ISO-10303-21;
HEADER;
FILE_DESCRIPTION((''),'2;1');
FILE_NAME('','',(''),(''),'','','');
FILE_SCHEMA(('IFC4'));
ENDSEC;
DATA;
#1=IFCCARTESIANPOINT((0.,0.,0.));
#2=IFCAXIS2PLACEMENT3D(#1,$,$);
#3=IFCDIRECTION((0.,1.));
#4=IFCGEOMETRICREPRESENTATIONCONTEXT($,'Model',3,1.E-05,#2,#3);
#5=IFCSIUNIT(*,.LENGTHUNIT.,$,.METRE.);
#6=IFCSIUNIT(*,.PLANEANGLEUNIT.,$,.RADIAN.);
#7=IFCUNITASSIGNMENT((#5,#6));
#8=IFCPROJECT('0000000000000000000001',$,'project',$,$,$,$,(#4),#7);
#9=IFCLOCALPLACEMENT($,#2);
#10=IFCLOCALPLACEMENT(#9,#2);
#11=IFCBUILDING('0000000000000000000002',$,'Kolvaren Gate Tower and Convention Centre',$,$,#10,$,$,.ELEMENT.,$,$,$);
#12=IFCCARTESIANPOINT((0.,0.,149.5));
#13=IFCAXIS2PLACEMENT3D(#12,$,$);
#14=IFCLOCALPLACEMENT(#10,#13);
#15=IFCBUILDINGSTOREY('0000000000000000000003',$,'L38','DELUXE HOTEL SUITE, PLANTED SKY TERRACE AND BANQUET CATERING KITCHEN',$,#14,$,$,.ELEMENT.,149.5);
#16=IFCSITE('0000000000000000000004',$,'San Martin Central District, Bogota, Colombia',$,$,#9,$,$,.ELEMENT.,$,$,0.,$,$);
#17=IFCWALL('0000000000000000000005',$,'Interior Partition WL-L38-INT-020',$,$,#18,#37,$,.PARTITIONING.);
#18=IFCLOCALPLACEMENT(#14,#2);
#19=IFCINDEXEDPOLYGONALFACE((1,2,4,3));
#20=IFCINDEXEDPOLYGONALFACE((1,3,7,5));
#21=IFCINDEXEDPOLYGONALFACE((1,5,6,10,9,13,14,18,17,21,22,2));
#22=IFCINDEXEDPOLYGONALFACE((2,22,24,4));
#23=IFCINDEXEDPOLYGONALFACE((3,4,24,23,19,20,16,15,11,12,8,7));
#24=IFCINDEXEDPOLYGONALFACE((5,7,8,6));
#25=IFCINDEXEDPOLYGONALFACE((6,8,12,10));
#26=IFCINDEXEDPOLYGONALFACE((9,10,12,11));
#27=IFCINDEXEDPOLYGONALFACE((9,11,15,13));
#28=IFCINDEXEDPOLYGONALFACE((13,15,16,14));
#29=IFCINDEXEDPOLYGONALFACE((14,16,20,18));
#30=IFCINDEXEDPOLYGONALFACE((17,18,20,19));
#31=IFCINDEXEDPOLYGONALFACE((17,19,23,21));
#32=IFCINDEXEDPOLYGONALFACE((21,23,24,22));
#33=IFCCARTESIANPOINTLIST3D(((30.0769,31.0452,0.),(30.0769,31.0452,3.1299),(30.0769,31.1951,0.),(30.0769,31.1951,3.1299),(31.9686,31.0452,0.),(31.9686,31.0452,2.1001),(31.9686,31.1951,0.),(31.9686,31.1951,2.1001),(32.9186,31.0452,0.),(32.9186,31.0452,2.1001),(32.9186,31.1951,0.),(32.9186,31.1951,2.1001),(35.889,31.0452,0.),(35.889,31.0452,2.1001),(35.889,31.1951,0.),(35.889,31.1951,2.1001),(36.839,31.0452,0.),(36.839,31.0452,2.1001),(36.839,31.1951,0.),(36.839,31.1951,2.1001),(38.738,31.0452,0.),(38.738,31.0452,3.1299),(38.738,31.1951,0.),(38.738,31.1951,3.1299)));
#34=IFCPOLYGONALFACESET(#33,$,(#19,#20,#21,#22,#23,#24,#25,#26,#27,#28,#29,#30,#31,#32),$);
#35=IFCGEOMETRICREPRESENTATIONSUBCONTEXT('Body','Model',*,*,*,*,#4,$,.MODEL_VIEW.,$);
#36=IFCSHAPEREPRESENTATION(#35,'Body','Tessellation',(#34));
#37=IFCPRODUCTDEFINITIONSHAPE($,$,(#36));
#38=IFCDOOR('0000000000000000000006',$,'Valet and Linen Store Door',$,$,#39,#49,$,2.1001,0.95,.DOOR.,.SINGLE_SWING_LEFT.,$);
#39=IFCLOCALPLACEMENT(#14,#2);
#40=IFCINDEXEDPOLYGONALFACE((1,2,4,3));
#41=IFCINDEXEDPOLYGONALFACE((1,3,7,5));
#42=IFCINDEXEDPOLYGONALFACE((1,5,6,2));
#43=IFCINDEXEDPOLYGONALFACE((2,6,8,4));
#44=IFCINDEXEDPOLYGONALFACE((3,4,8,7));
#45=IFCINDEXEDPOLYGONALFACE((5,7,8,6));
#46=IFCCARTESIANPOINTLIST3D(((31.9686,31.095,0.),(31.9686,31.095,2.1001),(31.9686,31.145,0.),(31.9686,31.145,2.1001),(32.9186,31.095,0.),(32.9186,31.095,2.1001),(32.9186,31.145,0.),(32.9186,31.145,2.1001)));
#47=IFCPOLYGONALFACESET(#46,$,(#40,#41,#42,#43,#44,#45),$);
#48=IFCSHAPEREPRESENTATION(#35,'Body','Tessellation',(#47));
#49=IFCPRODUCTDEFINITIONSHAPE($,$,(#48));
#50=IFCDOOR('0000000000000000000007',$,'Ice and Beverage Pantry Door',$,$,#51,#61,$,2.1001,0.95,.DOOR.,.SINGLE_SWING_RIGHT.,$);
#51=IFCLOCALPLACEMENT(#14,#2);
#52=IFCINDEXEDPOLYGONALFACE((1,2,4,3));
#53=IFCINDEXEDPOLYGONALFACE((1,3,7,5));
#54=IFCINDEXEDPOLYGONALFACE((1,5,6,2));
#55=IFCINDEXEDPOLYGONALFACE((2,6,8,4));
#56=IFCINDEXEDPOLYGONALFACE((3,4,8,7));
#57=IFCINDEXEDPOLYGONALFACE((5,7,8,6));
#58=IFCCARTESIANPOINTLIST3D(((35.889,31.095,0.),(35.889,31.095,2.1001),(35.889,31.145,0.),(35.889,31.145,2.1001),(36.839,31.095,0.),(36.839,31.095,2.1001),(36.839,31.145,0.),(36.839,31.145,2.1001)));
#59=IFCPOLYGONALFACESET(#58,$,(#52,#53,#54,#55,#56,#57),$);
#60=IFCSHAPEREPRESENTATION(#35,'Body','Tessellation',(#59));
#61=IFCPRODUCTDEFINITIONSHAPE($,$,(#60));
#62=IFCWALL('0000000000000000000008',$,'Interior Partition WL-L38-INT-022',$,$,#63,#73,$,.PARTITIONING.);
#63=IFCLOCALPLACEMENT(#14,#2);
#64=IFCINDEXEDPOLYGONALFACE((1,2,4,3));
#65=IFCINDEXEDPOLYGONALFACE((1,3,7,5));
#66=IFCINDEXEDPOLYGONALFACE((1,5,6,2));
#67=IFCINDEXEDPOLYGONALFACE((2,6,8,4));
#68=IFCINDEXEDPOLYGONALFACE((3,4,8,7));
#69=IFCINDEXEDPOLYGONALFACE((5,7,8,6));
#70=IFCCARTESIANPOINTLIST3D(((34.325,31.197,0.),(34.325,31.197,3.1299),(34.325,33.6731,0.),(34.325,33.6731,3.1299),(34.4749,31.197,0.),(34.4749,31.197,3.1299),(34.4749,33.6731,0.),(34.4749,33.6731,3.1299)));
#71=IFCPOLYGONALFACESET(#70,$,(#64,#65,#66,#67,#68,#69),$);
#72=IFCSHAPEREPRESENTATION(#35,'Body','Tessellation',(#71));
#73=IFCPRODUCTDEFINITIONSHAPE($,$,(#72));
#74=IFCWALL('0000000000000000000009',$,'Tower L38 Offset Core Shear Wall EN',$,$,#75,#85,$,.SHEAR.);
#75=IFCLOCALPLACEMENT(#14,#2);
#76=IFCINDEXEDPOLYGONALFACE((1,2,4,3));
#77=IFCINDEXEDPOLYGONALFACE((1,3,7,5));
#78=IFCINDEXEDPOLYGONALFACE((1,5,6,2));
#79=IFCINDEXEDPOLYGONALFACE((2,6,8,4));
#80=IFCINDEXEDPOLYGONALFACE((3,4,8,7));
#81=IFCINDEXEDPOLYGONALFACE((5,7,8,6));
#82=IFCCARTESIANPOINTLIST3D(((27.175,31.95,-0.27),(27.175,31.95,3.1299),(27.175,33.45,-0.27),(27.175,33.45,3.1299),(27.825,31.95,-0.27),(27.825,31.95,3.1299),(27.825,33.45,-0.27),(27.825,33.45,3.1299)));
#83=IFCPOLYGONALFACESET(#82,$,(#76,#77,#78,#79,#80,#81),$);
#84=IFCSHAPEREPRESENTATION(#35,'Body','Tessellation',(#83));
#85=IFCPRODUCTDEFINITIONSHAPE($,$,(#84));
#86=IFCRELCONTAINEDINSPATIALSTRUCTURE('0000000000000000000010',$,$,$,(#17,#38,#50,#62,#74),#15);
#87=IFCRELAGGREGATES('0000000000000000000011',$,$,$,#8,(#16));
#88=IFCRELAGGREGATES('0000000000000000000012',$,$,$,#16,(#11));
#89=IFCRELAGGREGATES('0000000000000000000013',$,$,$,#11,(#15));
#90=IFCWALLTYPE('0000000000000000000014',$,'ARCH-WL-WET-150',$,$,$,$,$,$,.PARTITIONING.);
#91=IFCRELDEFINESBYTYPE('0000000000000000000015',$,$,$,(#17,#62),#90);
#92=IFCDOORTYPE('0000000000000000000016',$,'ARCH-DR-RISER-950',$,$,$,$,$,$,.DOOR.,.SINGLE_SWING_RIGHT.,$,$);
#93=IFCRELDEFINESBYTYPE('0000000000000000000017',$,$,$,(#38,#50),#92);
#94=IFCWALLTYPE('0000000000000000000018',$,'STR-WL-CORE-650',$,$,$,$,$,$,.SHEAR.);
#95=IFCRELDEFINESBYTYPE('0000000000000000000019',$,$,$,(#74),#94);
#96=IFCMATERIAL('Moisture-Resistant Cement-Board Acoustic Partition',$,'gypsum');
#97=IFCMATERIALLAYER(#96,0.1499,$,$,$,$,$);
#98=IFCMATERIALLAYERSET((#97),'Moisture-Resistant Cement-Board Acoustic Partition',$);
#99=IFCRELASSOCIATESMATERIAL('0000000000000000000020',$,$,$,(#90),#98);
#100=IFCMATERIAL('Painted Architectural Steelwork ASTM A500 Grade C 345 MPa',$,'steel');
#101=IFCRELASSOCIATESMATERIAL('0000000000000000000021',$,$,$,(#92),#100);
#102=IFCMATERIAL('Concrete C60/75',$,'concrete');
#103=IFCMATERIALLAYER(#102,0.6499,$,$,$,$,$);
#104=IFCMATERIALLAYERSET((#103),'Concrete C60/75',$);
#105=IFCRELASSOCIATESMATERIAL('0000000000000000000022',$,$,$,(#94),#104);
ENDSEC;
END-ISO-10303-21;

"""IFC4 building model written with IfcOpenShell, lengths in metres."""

from ifc_helpers import new_model, si_unit, direction, frame, frame_2d, origin, place, context, subcontext, project, spatial, rectangle, extrude, material, layer, layer_set, type_object, element, fill, save


model = new_model("IFC4")

# Units and contexts
model_context = context("Model", 3, precision=1e-05, world=origin(), true_north=direction((0.0, 1.0)))
body_context = subcontext(model_context, "Body", "Model", "MODEL_VIEW")
ifc_project = project(units=[si_unit("LENGTHUNIT", "METRE"), si_unit("PLANEANGLEUNIT", "RADIAN")], contexts=[model_context])

# Site, building, storey
site_placement = place(None, origin())
site = spatial("IfcSite", under=ifc_project, at=site_placement, Name="San Martin Central District, Bogota, Colombia", CompositionType="ELEMENT", RefElevation=0.0)
building_placement = place(site_placement, origin())
building = spatial("IfcBuilding", under=site, at=building_placement, Name="Kolvaren Gate Tower and Convention Centre", CompositionType="ELEMENT")
storey_placement = place(building_placement, frame((0.0, 0.0, 149.5)))
storey = spatial("IfcBuildingStorey", under=building, at=storey_placement, Name="L38", Description="DELUXE HOTEL SUITE, PLANTED SKY TERRACE AND BANQUET CATERING KITCHEN", CompositionType="ELEMENT", Elevation=149.5)

# Shared definitions
ifc_material_1 = material(Name="Moisture-Resistant Cement-Board Acoustic Partition", Category="gypsum")
ifc_layer_1 = layer(ifc_material_1, 0.1499)
ifc_layer_set_1 = layer_set([ifc_layer_1], Name="Moisture-Resistant Cement-Board Acoustic Partition")
wall_type_1 = type_object("IfcWallType", Name="ARCH-WL-WET-150", PredefinedType="PARTITIONING", material=ifc_layer_set_1)
ifc_material_2 = material(Name="Painted Architectural Steelwork ASTM A500 Grade C 345 MPa", Category="steel")
door_type = type_object("IfcDoorType", Name="ARCH-DR-RISER-950", OperationType="SINGLE_SWING_RIGHT", PredefinedType="DOOR", material=ifc_material_2)

# Wall, openings, doors
wall_1_placement = place(storey_placement, frame((30.0769, 31.1201, 0.0), z_axis=(0.0, 0.0, 1.0), x_axis=(1.0, 0.0, 0.0)))
wall_1 = element("IfcWall", 1, at=wall_1_placement, inside=storey, type_object=wall_type_1, Name="Interior Partition WL-L38-INT-020", PredefinedType="PARTITIONING", context=body_context, shape_type="SweptSolid", body=[
    extrude(rectangle(XDim=8.6611, YDim=0.1499, at=frame_2d((4.3306, 0.0))), origin(), (0.0, 0.0, 1.0), 3.1299),
])
opening_1_placement = place(wall_1_placement, frame((1.8916, 0.0, 0.0)))
opening_1 = element("IfcOpeningElement", 2, at=opening_1_placement, cuts=wall_1, PredefinedType="OPENING", context=body_context, shape_type="SweptSolid", body=[
    extrude(rectangle(XDim=0.95, YDim=2.1001, at=frame_2d((0.4751, 1.05))), frame((0.0, 0.085, 0.0), z_axis=(0.0, -1.0, 0.0), x_axis=(1.0, 0.0, 0.0)), (0.0, 0.0, 1.0), 0.1699),
])
opening_2_placement = place(wall_1_placement, frame((5.812, 0.0, 0.0)))
opening_2 = element("IfcOpeningElement", 3, at=opening_2_placement, cuts=wall_1, PredefinedType="OPENING", context=body_context, shape_type="SweptSolid", body=[
    extrude(rectangle(XDim=0.95, YDim=2.1001, at=frame_2d((0.4751, 1.05))), frame((0.0, 0.085, 0.0), z_axis=(0.0, -1.0, 0.0), x_axis=(1.0, 0.0, 0.0)), (0.0, 0.0, 1.0), 0.1699),
])
door_1_placement = place(opening_1_placement, origin())
door_1 = element("IfcDoor", 4, at=door_1_placement, inside=storey, type_object=door_type, Name="Valet and Linen Store Door", OperationType="SINGLE_SWING_LEFT", OverallHeight=2.1001, OverallWidth=0.95, PredefinedType="DOOR", context=body_context, shape_type="SweptSolid", body=[
    extrude(rectangle(XDim=0.95, YDim=2.1001, at=frame_2d((0.4751, 1.05))), frame((0.0, 0.0249, 0.0), z_axis=(0.0, -1.0, 0.0), x_axis=(1.0, 0.0, 0.0)), (0.0, 0.0, 1.0), 0.05),
])
fill(opening_1, door_1)
door_2_placement = place(opening_2_placement, origin())
door_2 = element("IfcDoor", 5, at=door_2_placement, inside=storey, type_object=door_type, Name="Ice and Beverage Pantry Door", OperationType="SINGLE_SWING_RIGHT", OverallHeight=2.1001, OverallWidth=0.95, PredefinedType="DOOR", context=body_context, shape_type="SweptSolid", body=[
    extrude(rectangle(XDim=0.95, YDim=2.1001, at=frame_2d((0.4751, 1.05))), frame((0.0, 0.0249, 0.0), z_axis=(0.0, -1.0, 0.0), x_axis=(1.0, 0.0, 0.0)), (0.0, 0.0, 1.0), 0.05),
])
fill(opening_2, door_2)

# Walls
wall_2_placement = place(storey_placement, frame((34.3999, 31.197, 0.0), z_axis=(0.0, 0.0, 1.0), x_axis=(0.0, 1.0, 0.0)))
element("IfcWall", 6, at=wall_2_placement, inside=storey, type_object=wall_type_1, Name="Interior Partition WL-L38-INT-022", PredefinedType="PARTITIONING", context=body_context, shape_type="SweptSolid", body=[
    extrude(rectangle(XDim=2.4761, YDim=0.1499, at=frame_2d((1.238, 0.0))), origin(), (0.0, 0.0, 1.0), 3.1299),
])
ifc_material_3 = material(Name="Concrete C60/75", Category="concrete")
ifc_layer_2 = layer(ifc_material_3, 0.6499)
ifc_layer_set_2 = layer_set([ifc_layer_2], Name="Concrete C60/75")
wall_type_2 = type_object("IfcWallType", Name="STR-WL-CORE-650", PredefinedType="SHEAR", material=ifc_layer_set_2)
wall_3_placement = place(storey_placement, frame((27.5, 31.95, -0.27), z_axis=(0.0, 0.0, 1.0), x_axis=(0.0, 1.0, 0.0)))
element("IfcWall", 7, at=wall_3_placement, inside=storey, type_object=wall_type_2, Name="Tower L38 Offset Core Shear Wall EN", PredefinedType="SHEAR", context=body_context, shape_type="SweptSolid", body=[
    extrude(rectangle(XDim=1.5, YDim=0.6499, at=frame_2d((0.75, 0.0))), origin(), (0.0, 0.0, 1.0), 3.3999),
])

save(model, "model.ifc")
